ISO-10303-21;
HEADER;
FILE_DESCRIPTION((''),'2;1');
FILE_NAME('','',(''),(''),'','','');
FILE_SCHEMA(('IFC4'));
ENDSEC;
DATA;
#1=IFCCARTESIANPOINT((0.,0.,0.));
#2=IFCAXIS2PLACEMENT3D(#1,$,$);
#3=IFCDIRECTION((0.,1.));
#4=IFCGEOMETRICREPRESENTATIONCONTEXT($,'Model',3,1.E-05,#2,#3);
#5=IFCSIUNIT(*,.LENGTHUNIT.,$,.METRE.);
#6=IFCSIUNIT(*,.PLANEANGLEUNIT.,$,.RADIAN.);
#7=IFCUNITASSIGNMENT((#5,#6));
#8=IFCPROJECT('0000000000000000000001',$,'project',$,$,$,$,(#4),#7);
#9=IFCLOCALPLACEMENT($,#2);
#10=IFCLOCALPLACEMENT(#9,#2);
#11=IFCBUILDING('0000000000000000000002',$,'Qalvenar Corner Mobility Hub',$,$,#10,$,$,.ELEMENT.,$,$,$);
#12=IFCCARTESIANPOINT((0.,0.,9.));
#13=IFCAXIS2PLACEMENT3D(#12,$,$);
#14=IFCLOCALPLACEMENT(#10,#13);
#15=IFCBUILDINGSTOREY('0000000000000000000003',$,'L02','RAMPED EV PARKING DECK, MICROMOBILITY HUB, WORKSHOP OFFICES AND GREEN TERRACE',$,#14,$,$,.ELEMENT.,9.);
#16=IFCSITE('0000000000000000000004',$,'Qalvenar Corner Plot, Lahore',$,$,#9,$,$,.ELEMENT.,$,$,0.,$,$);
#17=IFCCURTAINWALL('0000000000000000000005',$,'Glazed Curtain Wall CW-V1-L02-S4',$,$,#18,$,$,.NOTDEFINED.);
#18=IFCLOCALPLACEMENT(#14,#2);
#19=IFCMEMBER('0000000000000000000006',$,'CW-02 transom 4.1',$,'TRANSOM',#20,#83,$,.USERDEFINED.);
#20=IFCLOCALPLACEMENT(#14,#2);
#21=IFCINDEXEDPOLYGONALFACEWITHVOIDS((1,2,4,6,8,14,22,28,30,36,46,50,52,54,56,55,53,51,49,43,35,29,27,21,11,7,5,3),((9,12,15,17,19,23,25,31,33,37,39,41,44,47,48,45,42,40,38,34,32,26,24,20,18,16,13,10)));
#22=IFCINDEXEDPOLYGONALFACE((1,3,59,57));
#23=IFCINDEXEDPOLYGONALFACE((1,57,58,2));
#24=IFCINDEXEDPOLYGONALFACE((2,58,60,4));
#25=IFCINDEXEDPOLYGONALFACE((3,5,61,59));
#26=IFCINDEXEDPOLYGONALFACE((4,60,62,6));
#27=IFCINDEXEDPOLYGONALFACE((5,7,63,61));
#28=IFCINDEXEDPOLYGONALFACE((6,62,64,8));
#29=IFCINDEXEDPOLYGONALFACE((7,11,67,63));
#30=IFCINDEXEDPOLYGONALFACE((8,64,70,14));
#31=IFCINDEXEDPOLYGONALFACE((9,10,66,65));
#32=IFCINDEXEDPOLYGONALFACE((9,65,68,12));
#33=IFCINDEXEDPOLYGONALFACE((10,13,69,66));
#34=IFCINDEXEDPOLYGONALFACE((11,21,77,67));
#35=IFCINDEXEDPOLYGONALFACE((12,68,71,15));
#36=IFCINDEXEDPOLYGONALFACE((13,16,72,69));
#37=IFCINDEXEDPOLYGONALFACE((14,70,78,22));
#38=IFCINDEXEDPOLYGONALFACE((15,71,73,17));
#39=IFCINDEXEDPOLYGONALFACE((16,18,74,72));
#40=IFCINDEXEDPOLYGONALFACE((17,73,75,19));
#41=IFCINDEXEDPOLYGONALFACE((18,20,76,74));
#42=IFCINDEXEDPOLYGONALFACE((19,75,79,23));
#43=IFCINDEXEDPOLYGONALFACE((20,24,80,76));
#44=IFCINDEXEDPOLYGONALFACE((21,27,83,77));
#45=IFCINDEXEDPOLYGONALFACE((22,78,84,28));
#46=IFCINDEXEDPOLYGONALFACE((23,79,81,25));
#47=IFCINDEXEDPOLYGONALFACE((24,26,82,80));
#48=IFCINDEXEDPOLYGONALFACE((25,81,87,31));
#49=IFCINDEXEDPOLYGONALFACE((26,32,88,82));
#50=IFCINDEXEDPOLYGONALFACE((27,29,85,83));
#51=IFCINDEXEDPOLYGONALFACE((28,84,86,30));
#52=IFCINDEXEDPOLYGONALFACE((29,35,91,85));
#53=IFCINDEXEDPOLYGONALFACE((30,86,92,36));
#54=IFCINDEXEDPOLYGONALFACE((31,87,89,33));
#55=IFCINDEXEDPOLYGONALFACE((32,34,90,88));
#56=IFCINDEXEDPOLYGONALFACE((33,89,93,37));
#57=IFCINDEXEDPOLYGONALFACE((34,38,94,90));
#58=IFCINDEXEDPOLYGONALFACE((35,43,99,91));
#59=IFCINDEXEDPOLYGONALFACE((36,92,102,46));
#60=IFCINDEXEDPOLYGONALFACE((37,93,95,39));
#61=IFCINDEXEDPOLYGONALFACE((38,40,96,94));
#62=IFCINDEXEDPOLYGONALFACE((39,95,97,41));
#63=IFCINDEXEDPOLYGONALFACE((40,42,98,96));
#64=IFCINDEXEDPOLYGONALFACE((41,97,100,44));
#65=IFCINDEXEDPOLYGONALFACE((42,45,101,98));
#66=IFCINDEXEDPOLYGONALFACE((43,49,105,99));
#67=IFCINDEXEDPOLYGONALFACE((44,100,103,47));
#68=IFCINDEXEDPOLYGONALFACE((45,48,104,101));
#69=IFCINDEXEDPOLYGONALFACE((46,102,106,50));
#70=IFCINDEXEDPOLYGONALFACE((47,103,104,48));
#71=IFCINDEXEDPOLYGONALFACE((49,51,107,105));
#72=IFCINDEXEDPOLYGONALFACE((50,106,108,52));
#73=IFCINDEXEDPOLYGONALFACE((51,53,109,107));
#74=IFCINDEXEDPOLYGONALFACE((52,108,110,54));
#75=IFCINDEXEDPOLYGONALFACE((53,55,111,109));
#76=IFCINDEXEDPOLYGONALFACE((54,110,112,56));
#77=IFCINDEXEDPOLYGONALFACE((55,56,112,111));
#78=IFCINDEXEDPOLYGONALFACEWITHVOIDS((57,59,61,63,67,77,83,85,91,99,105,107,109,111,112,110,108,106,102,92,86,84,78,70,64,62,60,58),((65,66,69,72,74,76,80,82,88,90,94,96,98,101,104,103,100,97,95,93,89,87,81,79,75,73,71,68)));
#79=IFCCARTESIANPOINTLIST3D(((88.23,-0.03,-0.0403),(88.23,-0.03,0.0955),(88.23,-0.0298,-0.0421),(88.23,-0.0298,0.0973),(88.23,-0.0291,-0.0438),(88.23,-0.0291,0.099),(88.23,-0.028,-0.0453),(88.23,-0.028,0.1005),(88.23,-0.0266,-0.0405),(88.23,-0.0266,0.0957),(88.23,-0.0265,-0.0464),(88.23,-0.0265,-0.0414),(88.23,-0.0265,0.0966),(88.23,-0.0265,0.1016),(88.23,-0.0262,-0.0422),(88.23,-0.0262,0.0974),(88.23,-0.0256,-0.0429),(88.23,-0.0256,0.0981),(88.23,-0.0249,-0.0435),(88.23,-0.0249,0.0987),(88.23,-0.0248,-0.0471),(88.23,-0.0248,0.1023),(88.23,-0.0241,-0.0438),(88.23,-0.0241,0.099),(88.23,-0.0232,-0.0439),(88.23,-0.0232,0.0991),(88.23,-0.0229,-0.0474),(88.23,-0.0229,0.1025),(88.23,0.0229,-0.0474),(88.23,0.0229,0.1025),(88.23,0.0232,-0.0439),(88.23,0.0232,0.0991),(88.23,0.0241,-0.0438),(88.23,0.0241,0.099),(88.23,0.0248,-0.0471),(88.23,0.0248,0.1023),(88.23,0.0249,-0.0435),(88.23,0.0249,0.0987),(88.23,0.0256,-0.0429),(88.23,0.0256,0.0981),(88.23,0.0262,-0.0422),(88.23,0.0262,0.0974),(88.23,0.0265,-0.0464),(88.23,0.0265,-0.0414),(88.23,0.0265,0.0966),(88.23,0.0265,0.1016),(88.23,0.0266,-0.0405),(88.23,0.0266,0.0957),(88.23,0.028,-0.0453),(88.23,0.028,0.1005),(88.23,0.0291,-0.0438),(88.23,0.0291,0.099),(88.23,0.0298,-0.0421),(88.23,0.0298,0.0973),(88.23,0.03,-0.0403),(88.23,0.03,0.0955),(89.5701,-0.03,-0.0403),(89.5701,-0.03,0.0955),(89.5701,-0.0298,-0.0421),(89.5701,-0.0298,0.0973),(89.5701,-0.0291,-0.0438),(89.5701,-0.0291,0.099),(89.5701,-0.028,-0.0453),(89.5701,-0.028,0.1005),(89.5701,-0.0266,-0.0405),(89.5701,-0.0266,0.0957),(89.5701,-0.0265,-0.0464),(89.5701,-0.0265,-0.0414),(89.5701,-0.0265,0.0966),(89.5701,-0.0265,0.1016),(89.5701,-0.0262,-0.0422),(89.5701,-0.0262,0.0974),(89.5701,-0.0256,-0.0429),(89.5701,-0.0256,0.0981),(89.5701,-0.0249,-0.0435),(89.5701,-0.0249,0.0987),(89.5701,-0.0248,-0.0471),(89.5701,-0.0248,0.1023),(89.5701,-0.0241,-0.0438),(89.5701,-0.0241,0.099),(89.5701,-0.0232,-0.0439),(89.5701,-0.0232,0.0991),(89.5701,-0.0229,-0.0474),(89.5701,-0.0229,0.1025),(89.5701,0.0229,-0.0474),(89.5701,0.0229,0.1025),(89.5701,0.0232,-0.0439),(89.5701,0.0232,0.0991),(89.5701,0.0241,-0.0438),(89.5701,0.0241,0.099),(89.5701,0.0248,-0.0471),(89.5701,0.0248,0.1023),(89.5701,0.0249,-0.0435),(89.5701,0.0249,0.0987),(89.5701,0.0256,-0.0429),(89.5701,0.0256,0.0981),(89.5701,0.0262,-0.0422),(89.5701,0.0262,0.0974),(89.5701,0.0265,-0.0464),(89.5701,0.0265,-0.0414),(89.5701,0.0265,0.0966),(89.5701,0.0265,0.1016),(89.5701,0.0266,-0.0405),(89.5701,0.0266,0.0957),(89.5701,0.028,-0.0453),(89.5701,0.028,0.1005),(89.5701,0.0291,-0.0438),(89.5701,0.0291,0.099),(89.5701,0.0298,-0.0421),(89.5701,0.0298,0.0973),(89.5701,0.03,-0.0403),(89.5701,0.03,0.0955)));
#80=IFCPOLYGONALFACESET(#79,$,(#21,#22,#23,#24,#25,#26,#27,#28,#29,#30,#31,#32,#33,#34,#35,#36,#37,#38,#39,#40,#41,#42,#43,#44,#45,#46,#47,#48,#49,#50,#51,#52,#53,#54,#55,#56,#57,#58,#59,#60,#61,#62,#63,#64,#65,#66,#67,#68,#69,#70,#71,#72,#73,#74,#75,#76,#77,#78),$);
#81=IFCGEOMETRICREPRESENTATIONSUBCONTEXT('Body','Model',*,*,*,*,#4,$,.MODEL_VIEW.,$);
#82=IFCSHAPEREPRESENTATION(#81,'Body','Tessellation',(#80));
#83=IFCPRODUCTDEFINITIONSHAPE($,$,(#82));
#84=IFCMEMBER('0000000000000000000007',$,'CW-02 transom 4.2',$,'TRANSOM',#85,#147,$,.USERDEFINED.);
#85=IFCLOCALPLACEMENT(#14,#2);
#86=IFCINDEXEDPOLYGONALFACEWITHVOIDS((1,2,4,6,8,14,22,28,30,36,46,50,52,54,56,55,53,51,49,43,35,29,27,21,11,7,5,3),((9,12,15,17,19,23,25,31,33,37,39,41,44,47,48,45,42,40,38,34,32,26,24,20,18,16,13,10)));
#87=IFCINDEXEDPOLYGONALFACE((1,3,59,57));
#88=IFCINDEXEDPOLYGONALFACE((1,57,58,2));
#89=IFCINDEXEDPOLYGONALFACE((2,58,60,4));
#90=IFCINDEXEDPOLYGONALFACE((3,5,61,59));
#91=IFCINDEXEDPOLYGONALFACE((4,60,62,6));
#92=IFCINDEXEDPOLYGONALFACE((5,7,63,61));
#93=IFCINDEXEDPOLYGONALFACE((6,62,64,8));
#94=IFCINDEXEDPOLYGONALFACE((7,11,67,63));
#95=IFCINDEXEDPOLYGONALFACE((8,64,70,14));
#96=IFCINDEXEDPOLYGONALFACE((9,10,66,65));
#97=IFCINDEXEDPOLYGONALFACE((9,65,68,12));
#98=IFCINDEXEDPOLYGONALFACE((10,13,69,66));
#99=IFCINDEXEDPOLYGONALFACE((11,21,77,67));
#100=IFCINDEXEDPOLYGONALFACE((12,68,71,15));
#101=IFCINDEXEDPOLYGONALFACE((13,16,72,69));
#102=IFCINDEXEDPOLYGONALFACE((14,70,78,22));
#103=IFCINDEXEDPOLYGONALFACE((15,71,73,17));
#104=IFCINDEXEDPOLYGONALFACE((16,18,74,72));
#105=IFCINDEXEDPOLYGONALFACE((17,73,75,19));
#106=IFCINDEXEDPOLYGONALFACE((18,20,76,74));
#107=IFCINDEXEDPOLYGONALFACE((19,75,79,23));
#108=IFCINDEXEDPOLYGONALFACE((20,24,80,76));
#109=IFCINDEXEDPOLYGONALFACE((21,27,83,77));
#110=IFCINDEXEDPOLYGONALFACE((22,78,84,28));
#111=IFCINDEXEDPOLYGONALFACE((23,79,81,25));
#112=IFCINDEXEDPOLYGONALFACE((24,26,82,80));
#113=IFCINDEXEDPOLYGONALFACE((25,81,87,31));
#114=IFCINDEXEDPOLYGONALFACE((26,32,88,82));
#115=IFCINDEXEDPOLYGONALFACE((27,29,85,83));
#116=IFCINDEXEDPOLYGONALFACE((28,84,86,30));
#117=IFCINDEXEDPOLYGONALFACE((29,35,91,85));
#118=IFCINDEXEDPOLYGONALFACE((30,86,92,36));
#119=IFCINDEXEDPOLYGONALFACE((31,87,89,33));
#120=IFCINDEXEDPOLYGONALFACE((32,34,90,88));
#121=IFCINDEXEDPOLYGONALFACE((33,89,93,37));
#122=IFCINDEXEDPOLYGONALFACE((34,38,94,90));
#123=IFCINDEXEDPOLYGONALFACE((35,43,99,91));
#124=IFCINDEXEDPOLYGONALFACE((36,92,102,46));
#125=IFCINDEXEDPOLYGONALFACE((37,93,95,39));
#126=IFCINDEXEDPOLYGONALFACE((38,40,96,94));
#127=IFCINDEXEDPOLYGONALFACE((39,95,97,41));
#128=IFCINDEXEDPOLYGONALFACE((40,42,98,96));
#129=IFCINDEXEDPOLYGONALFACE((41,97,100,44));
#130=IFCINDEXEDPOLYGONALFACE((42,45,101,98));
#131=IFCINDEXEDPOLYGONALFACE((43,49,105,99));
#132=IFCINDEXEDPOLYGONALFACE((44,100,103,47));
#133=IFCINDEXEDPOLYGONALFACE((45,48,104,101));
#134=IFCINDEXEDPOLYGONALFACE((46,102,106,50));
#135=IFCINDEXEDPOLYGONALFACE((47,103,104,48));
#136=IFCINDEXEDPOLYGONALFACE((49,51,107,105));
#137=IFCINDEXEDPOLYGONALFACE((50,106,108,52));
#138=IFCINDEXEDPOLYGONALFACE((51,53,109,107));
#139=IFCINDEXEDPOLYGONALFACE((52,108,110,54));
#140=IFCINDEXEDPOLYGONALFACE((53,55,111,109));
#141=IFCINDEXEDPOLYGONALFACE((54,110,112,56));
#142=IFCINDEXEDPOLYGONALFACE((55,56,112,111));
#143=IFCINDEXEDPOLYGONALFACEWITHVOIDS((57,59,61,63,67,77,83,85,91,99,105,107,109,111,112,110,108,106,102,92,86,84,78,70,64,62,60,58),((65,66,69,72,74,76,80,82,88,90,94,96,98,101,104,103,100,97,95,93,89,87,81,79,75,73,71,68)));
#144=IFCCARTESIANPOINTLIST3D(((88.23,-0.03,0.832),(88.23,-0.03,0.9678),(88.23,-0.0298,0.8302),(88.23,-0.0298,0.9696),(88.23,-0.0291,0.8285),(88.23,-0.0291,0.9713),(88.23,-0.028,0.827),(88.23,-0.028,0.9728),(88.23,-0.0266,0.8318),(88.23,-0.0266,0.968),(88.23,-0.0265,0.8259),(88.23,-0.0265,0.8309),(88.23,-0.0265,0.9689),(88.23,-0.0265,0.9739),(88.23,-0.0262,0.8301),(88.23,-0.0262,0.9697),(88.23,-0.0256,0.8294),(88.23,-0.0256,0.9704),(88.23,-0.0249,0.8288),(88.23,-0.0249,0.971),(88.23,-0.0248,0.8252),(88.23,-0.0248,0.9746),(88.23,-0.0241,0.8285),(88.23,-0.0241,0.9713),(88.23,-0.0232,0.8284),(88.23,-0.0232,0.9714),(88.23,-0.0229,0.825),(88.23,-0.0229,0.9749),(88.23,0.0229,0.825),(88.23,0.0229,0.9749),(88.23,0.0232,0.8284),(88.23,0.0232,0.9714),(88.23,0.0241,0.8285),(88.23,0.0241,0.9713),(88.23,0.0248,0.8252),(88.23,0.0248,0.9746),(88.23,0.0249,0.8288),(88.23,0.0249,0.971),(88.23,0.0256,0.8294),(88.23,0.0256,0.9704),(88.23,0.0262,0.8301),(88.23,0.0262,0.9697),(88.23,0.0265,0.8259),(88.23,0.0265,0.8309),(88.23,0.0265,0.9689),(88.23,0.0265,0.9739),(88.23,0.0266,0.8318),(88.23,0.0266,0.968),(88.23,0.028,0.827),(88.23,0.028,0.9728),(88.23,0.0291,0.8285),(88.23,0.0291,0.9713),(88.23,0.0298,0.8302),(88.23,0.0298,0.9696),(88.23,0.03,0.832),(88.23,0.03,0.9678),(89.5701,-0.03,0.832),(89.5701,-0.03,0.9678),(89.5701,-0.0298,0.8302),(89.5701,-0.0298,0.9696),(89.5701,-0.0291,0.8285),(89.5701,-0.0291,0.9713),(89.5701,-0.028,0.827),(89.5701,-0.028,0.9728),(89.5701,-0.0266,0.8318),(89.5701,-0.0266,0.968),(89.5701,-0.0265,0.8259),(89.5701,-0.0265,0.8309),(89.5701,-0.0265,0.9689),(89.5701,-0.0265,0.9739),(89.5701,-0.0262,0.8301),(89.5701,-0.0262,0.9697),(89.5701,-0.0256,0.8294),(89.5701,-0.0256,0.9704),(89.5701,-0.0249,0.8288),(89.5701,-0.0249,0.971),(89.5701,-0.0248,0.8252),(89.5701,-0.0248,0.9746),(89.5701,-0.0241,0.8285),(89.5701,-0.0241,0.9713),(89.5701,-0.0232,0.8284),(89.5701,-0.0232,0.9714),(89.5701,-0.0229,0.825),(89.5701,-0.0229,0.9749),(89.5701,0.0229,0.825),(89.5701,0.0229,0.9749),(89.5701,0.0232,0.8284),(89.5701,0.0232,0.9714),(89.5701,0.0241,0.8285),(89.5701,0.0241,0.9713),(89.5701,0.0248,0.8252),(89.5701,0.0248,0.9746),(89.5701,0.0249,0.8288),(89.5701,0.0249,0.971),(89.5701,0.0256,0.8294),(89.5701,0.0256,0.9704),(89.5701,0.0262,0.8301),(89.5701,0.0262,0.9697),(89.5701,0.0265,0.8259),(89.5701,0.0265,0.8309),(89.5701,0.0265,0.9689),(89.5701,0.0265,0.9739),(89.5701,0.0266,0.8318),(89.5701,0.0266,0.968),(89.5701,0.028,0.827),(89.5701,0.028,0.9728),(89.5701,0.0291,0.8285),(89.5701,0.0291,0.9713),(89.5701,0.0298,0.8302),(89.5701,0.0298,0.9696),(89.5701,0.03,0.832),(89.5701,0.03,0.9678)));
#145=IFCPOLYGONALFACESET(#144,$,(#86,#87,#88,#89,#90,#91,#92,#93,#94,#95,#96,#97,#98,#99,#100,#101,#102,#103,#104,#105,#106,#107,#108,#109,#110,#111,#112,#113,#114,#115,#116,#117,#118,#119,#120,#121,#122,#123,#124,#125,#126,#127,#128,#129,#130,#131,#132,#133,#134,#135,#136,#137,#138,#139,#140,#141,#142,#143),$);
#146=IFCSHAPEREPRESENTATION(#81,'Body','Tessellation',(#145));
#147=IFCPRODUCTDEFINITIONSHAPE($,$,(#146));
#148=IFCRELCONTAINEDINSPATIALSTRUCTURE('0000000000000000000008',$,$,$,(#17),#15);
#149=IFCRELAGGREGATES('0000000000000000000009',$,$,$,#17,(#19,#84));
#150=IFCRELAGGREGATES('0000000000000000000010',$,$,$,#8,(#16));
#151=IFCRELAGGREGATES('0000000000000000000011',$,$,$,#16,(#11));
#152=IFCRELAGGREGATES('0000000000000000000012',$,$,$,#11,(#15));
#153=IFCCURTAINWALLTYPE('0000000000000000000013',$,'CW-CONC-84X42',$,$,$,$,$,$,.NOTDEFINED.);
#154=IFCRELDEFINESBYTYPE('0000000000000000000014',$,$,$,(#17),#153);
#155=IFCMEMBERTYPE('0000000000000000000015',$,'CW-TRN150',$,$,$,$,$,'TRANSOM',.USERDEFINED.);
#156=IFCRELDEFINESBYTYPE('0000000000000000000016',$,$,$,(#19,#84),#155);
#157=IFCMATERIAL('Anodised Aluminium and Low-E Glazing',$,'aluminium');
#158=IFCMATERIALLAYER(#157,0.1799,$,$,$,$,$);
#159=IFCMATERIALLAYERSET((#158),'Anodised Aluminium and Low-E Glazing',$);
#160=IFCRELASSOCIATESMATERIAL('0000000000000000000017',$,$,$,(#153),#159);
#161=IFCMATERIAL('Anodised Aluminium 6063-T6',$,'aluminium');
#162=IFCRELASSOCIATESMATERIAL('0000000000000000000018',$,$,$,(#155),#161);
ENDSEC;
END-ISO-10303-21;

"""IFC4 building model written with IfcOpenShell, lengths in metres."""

from ifc_helpers import new_model, si_unit, direction, frame, origin, origin_2d, place, context, subcontext, project, spatial, hollow_rectangle, extrude, material, layer, layer_set, material_profile, profile_set, type_object, element, aggregate, save


model = new_model("IFC4")

# Units and contexts
model_context = context("Model", 3, precision=1e-05, world=origin(), true_north=direction((0.0, 1.0)))
body_context = subcontext(model_context, "Body", "Model", "MODEL_VIEW")
ifc_project = project(units=[si_unit("LENGTHUNIT", "METRE"), si_unit("PLANEANGLEUNIT", "RADIAN")], contexts=[model_context])

# Site, building, storey
site_placement = place(None, origin())
site = spatial("IfcSite", under=ifc_project, at=site_placement, Name="Qalvenar Corner Plot, Lahore", CompositionType="ELEMENT", RefElevation=0.0)
building_placement = place(site_placement, origin())
building = spatial("IfcBuilding", under=site, at=building_placement, Name="Qalvenar Corner Mobility Hub", CompositionType="ELEMENT")
storey_placement = place(building_placement, frame((0.0, 0.0, 9.0)))
storey = spatial("IfcBuildingStorey", under=building, at=storey_placement, Name="L02", Description="RAMPED EV PARKING DECK, MICROMOBILITY HUB, WORKSHOP OFFICES AND GREEN TERRACE", CompositionType="ELEMENT", Elevation=9.0)

# Curtain wall, members
ifc_material_1 = material(Name="Anodised Aluminium and Low-E Glazing", Category="aluminium")
ifc_layer_1 = layer(ifc_material_1, 0.1799)
ifc_layer_set_1 = layer_set([ifc_layer_1], Name="Anodised Aluminium and Low-E Glazing")
curtain_wall_type = type_object("IfcCurtainWallType", Name="CW-CONC-84X42", PredefinedType="NOTDEFINED", material=ifc_layer_set_1)
curtain_wall_placement = place(storey_placement, origin())
curtain_wall = element("IfcCurtainWall", 1, at=curtain_wall_placement, inside=storey, type_object=curtain_wall_type, Name="Glazed Curtain Wall CW-V1-L02-S4", PredefinedType="NOTDEFINED")
ifc_material_2 = material(Name="Anodised Aluminium 6063-T6", Category="aluminium")
ifc_material_profile_1 = material_profile(ifc_material_2, hollow_rectangle(XDim=0.0601, YDim=0.1499, WallThickness=0.0034, InnerFilletRadius=0.0034, OuterFilletRadius=0.0071, at=origin_2d()), Name="RHS150x60x3.5")
ifc_profile_set_1 = profile_set([ifc_material_profile_1], Name="Anodised Aluminium 6063-T6")
member_type_1 = type_object("IfcMemberType", Name="CW-TRN150", ElementType="TRANSOM", PredefinedType="USERDEFINED", material=ifc_profile_set_1)
member_1_placement = place(storey_placement, frame((88.23, 0.0, 0.0276), z_axis=(1.0, 0.0, 0.0), x_axis=(0.0, 1.0, 0.0)))
member_1 = element("IfcMember", 2, at=member_1_placement, type_object=member_type_1, Name="CW-02 transom 4.1", ObjectType="TRANSOM", PredefinedType="USERDEFINED", context=body_context, shape_type="SweptSolid", body=[
    extrude(hollow_rectangle(XDim=0.0601, YDim=0.1499, WallThickness=0.0034, InnerFilletRadius=0.0034, OuterFilletRadius=0.0071, at=origin_2d()), origin(), (0.0, 0.0, 1.0), 1.3401),
])
member_2_placement = place(storey_placement, frame((88.23, 0.0, 0.8999), z_axis=(1.0, 0.0, 0.0), x_axis=(0.0, 1.0, 0.0)))
member_2 = element("IfcMember", 3, at=member_2_placement, type_object=member_type_1, Name="CW-02 transom 4.2", ObjectType="TRANSOM", PredefinedType="USERDEFINED", context=body_context, shape_type="SweptSolid", body=[
    extrude(hollow_rectangle(XDim=0.0601, YDim=0.1499, WallThickness=0.0034, InnerFilletRadius=0.0034, OuterFilletRadius=0.0071, at=origin_2d()), origin(), (0.0, 0.0, 1.0), 1.3401),
])
aggregate(curtain_wall, [member_1, member_2])

save(model, "model.ifc")
